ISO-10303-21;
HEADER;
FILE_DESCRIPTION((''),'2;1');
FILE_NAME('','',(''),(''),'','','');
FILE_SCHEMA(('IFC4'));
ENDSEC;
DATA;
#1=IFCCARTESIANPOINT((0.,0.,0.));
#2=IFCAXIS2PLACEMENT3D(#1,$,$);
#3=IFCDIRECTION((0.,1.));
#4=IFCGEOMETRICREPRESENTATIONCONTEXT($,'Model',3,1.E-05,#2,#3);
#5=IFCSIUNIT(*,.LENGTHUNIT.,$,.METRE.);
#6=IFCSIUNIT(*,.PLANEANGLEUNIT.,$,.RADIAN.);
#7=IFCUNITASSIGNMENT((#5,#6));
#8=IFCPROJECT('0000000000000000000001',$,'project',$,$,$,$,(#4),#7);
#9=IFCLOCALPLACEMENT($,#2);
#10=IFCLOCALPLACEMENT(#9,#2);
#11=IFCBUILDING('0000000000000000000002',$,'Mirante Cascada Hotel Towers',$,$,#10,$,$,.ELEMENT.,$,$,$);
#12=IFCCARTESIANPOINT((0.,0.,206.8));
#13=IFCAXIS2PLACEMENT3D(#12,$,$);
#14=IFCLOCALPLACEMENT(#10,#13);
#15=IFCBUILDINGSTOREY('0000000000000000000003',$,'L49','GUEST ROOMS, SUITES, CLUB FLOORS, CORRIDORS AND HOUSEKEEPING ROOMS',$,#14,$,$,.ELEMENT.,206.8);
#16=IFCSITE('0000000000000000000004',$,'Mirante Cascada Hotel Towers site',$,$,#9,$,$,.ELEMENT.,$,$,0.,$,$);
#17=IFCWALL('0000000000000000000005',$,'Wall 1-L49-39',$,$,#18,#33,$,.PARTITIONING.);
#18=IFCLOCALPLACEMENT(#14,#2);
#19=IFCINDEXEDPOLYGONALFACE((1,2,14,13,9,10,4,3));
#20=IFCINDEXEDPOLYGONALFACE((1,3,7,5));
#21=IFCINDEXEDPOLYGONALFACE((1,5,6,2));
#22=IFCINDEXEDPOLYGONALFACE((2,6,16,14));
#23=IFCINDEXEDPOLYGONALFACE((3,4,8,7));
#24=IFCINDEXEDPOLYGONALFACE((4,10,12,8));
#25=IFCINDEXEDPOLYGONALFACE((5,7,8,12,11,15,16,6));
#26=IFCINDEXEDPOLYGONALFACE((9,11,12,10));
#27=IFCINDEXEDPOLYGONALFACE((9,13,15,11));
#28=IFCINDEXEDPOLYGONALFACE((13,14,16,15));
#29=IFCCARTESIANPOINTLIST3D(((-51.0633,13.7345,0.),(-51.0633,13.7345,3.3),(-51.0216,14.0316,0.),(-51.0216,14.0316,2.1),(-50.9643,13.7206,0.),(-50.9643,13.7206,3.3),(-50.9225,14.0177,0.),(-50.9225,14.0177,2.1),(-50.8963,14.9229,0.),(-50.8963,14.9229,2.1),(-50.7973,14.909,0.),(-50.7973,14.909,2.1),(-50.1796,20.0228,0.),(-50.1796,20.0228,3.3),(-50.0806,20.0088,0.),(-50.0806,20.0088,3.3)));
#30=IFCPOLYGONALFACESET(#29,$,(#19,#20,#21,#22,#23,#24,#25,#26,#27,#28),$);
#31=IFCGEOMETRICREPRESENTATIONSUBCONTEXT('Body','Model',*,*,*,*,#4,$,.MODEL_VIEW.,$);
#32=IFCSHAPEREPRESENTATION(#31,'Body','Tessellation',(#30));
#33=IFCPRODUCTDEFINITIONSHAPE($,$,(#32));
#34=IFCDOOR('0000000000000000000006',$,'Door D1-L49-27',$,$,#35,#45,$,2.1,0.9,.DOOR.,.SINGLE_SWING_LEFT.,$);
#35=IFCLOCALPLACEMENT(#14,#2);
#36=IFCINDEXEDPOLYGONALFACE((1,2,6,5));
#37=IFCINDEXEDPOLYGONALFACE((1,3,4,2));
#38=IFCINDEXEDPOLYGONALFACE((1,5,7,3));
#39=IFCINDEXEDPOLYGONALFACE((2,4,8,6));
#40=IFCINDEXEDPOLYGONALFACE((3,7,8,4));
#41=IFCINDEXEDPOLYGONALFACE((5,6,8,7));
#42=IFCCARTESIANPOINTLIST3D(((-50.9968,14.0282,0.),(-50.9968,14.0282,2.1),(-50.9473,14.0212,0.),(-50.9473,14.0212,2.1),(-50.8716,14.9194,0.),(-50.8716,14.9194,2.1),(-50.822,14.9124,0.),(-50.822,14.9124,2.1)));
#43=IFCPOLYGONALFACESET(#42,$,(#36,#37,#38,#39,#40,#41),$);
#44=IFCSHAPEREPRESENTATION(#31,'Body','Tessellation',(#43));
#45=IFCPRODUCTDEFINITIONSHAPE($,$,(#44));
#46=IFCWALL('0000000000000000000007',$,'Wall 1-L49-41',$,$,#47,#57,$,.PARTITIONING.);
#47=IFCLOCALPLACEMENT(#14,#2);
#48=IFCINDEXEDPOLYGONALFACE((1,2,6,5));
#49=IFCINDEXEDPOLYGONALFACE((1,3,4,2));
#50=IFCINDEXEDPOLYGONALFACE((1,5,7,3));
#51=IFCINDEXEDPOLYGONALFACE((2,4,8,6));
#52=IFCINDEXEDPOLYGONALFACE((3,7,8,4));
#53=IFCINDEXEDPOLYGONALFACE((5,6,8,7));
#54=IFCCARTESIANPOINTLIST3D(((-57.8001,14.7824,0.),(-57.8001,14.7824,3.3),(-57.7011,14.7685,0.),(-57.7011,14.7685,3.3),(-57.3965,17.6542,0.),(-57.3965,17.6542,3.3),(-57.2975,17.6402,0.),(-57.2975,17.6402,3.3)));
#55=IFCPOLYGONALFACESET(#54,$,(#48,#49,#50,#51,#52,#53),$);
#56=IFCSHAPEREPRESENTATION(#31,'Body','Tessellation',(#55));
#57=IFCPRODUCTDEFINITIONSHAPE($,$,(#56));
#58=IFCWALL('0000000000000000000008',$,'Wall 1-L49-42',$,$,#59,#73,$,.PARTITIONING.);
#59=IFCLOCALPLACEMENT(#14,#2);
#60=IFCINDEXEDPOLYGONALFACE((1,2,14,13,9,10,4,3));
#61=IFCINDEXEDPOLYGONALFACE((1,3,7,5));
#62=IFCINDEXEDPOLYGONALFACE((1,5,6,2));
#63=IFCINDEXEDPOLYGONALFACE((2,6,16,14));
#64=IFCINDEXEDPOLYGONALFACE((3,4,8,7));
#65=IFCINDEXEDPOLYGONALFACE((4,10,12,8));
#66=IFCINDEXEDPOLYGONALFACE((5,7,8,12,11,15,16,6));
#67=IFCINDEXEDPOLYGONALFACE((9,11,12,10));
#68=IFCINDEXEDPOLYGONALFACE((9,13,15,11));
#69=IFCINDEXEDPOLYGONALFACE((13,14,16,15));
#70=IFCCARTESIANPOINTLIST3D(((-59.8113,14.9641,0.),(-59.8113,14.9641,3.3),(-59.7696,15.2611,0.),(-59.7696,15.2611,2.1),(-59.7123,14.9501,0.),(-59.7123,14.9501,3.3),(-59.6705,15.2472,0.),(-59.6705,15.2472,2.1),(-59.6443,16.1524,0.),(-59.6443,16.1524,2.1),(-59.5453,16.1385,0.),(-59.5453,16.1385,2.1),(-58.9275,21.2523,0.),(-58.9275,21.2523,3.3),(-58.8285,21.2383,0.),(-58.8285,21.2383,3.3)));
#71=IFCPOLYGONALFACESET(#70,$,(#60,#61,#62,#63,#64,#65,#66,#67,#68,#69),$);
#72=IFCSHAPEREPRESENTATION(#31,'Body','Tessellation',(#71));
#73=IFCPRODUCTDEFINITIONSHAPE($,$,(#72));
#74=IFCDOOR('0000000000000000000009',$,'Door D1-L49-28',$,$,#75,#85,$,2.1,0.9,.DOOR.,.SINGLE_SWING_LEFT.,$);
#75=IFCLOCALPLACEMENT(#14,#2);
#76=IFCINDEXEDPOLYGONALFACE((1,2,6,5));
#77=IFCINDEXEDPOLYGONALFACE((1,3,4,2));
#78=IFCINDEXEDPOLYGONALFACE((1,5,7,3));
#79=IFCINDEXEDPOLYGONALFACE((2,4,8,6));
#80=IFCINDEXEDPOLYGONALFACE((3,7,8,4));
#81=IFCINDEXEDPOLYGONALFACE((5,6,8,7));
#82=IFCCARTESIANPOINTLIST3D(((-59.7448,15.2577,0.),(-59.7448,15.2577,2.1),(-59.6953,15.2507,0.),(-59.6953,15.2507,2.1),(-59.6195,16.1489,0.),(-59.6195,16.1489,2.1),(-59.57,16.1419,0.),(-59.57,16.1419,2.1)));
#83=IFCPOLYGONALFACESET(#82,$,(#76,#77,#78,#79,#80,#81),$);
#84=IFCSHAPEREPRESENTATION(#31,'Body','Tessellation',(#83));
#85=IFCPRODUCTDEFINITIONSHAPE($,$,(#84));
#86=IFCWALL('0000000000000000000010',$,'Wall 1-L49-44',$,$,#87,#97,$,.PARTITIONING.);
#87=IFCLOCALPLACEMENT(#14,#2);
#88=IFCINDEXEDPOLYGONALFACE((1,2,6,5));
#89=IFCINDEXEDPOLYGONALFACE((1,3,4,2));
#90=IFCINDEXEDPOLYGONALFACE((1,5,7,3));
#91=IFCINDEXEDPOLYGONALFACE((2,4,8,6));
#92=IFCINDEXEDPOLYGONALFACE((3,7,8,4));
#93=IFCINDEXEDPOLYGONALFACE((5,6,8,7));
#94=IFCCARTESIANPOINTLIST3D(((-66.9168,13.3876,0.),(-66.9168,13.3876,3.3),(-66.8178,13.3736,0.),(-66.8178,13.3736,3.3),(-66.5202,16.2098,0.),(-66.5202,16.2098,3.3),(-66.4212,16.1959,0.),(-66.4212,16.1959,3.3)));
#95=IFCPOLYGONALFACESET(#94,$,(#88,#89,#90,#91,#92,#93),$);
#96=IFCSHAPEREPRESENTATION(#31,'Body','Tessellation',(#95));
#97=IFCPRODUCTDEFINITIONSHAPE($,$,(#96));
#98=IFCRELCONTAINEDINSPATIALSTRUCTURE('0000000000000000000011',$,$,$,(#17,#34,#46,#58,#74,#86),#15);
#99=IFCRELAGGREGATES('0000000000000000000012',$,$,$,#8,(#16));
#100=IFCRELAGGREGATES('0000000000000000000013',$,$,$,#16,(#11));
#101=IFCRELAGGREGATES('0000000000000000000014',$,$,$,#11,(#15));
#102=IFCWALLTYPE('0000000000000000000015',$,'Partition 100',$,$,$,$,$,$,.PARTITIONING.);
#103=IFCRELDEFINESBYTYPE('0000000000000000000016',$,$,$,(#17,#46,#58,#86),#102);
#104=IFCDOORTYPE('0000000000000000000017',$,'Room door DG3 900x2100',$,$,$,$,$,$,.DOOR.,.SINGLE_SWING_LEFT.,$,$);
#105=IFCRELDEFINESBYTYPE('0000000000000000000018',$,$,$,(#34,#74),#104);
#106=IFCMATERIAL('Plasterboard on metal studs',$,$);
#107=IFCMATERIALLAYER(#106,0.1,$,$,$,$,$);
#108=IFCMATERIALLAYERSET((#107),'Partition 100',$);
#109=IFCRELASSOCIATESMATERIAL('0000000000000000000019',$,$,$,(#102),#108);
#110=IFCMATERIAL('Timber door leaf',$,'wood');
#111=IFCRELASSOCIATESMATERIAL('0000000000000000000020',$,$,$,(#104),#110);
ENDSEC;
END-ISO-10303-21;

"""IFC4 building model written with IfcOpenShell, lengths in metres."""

from ifc_helpers import new_model, si_unit, direction, frame, frame_2d, origin, place, context, subcontext, project, spatial, rectangle, extrude, material, layer, layer_set, type_object, element, fill, save


model = new_model("IFC4")

# Units and contexts
model_context = context("Model", 3, precision=1e-05, world=origin(), true_north=direction((0.0, 1.0)))
body_context = subcontext(model_context, "Body", "Model", "MODEL_VIEW")
ifc_project = project(units=[si_unit("LENGTHUNIT", "METRE"), si_unit("PLANEANGLEUNIT", "RADIAN")], contexts=[model_context])

# Site, building, storey
site_placement = place(None, origin())
site = spatial("IfcSite", under=ifc_project, at=site_placement, Name="Mirante Cascada Hotel Towers site", CompositionType="ELEMENT", RefElevation=0.0)
building_placement = place(site_placement, origin())
building = spatial("IfcBuilding", under=site, at=building_placement, Name="Mirante Cascada Hotel Towers", CompositionType="ELEMENT")
storey_placement = place(building_placement, frame((0.0, 0.0, 206.8)))
storey = spatial("IfcBuildingStorey", under=building, at=storey_placement, Name="L49", Description="GUEST ROOMS, SUITES, CLUB FLOORS, CORRIDORS AND HOUSEKEEPING ROOMS", CompositionType="ELEMENT", Elevation=206.8)

# Shared definitions
ifc_material_1 = material(Name="Plasterboard on metal studs")
ifc_layer_1 = layer(ifc_material_1, 0.1)
ifc_layer_set_1 = layer_set([ifc_layer_1], Name="Partition 100")
wall_type_1 = type_object("IfcWallType", Name="Partition 100", PredefinedType="PARTITIONING", material=ifc_layer_set_1)

# Shared definitions
ifc_material_2 = material(Name="Timber door leaf", Category="wood")
door_type_1 = type_object("IfcDoorType", Name="Room door DG3 900x2100", OperationType="SINGLE_SWING_LEFT", PredefinedType="DOOR", material=ifc_material_2)

# Wall, opening, door
wall_1_placement = place(storey_placement, frame((-50.1301, 20.0158, 0.0), z_axis=(0.0, 0.0, 1.0), x_axis=(-0.139166, -0.990269, 0.0)))
wall_1 = element("IfcWall", 1, at=wall_1_placement, inside=storey, type_object=wall_type_1, Name="Wall 1-L49-39", PredefinedType="PARTITIONING", context=body_context, shape_type="SweptSolid", body=[
    extrude(rectangle(XDim=6.35, YDim=0.1, at=frame_2d((3.175, 0.0))), origin(), (0.0, 0.0, 1.0), 3.3),
])
opening_1_placement = place(wall_1_placement, frame((5.15, 0.0, 0.0)))
opening_1 = element("IfcOpeningElement", 2, at=opening_1_placement, cuts=wall_1, PredefinedType="OPENING", context=body_context, shape_type="SweptSolid", body=[
    extrude(rectangle(XDim=0.9, YDim=2.1, at=frame_2d((0.45, 1.05))), frame((0.0, 0.05, 0.0), z_axis=(0.0, -1.0, 0.0), x_axis=(1.0, 0.0, 0.0)), (0.0, 0.0, 1.0), 0.1),
])
door_1_placement = place(opening_1_placement, origin())
door_1 = element("IfcDoor", 3, at=door_1_placement, inside=storey, type_object=door_type_1, Name="Door D1-L49-27", OperationType="SINGLE_SWING_LEFT", OverallHeight=2.1, OverallWidth=0.9, PredefinedType="DOOR", context=body_context, shape_type="SweptSolid", body=[
    extrude(rectangle(XDim=0.9, YDim=2.1, at=frame_2d((0.45, 1.05))), frame((0.0, 0.025, 0.0), z_axis=(0.0, -1.0, 0.0), x_axis=(1.0, 0.0, 0.0)), (0.0, 0.0, 1.0), 0.05),
])
fill(opening_1, door_1)

# Wall
wall_2_placement = place(storey_placement, frame((-57.347, 17.6472, 0.0), z_axis=(0.0, 0.0, 1.0), x_axis=(-0.139171, -0.990268, 0.0)))
element("IfcWall", 4, at=wall_2_placement, inside=storey, type_object=wall_type_1, Name="Wall 1-L49-41", PredefinedType="PARTITIONING", context=body_context, shape_type="SweptSolid", body=[
    extrude(rectangle(XDim=2.9, YDim=0.1, at=frame_2d((1.45, 0.0))), origin(), (0.0, 0.0, 1.0), 3.3),
])

# Wall, opening, door
wall_3_placement = place(storey_placement, frame((-59.7618, 14.9571, 0.0), z_axis=(0.0, 0.0, 1.0), x_axis=(0.139181, 0.990267, 0.0)))
wall_3 = element("IfcWall", 5, at=wall_3_placement, inside=storey, type_object=wall_type_1, Name="Wall 1-L49-42", PredefinedType="PARTITIONING", context=body_context, shape_type="SweptSolid", body=[
    extrude(rectangle(XDim=6.35, YDim=0.1, at=frame_2d((3.175, 0.0))), origin(), (0.0, 0.0, 1.0), 3.3),
])
opening_2_placement = place(wall_3_placement, frame((0.3, 0.0, 0.0)))
opening_2 = element("IfcOpeningElement", 6, at=opening_2_placement, cuts=wall_3, PredefinedType="OPENING", context=body_context, shape_type="SweptSolid", body=[
    extrude(rectangle(XDim=0.9, YDim=2.1, at=frame_2d((0.45, 1.05))), frame((0.0, 0.05, 0.0), z_axis=(0.0, -1.0, 0.0), x_axis=(1.0, 0.0, 0.0)), (0.0, 0.0, 1.0), 0.1),
])
door_2_placement = place(opening_2_placement, origin())
door_2 = element("IfcDoor", 7, at=door_2_placement, inside=storey, type_object=door_type_1, Name="Door D1-L49-28", OperationType="SINGLE_SWING_LEFT", OverallHeight=2.1, OverallWidth=0.9, PredefinedType="DOOR", context=body_context, shape_type="SweptSolid", body=[
    extrude(rectangle(XDim=0.9, YDim=2.1, at=frame_2d((0.45, 1.05))), frame((0.0, 0.025, 0.0), z_axis=(0.0, -1.0, 0.0), x_axis=(1.0, 0.0, 0.0)), (0.0, 0.0, 1.0), 0.05),
])
fill(opening_2, door_2)

# Wall
wall_4_placement = place(storey_placement, frame((-66.8673, 13.3806, 0.0), z_axis=(0.0, 0.0, 1.0), x_axis=(0.139156, 0.99027, 0.0)))
element("IfcWall", 8, at=wall_4_placement, inside=storey, type_object=wall_type_1, Name="Wall 1-L49-44", PredefinedType="PARTITIONING", context=body_context, shape_type="SweptSolid", body=[
    extrude(rectangle(XDim=2.85, YDim=0.1, at=frame_2d((1.425, 0.0))), origin(), (0.0, 0.0, 1.0), 3.3),
])

save(model, "model.ifc")
